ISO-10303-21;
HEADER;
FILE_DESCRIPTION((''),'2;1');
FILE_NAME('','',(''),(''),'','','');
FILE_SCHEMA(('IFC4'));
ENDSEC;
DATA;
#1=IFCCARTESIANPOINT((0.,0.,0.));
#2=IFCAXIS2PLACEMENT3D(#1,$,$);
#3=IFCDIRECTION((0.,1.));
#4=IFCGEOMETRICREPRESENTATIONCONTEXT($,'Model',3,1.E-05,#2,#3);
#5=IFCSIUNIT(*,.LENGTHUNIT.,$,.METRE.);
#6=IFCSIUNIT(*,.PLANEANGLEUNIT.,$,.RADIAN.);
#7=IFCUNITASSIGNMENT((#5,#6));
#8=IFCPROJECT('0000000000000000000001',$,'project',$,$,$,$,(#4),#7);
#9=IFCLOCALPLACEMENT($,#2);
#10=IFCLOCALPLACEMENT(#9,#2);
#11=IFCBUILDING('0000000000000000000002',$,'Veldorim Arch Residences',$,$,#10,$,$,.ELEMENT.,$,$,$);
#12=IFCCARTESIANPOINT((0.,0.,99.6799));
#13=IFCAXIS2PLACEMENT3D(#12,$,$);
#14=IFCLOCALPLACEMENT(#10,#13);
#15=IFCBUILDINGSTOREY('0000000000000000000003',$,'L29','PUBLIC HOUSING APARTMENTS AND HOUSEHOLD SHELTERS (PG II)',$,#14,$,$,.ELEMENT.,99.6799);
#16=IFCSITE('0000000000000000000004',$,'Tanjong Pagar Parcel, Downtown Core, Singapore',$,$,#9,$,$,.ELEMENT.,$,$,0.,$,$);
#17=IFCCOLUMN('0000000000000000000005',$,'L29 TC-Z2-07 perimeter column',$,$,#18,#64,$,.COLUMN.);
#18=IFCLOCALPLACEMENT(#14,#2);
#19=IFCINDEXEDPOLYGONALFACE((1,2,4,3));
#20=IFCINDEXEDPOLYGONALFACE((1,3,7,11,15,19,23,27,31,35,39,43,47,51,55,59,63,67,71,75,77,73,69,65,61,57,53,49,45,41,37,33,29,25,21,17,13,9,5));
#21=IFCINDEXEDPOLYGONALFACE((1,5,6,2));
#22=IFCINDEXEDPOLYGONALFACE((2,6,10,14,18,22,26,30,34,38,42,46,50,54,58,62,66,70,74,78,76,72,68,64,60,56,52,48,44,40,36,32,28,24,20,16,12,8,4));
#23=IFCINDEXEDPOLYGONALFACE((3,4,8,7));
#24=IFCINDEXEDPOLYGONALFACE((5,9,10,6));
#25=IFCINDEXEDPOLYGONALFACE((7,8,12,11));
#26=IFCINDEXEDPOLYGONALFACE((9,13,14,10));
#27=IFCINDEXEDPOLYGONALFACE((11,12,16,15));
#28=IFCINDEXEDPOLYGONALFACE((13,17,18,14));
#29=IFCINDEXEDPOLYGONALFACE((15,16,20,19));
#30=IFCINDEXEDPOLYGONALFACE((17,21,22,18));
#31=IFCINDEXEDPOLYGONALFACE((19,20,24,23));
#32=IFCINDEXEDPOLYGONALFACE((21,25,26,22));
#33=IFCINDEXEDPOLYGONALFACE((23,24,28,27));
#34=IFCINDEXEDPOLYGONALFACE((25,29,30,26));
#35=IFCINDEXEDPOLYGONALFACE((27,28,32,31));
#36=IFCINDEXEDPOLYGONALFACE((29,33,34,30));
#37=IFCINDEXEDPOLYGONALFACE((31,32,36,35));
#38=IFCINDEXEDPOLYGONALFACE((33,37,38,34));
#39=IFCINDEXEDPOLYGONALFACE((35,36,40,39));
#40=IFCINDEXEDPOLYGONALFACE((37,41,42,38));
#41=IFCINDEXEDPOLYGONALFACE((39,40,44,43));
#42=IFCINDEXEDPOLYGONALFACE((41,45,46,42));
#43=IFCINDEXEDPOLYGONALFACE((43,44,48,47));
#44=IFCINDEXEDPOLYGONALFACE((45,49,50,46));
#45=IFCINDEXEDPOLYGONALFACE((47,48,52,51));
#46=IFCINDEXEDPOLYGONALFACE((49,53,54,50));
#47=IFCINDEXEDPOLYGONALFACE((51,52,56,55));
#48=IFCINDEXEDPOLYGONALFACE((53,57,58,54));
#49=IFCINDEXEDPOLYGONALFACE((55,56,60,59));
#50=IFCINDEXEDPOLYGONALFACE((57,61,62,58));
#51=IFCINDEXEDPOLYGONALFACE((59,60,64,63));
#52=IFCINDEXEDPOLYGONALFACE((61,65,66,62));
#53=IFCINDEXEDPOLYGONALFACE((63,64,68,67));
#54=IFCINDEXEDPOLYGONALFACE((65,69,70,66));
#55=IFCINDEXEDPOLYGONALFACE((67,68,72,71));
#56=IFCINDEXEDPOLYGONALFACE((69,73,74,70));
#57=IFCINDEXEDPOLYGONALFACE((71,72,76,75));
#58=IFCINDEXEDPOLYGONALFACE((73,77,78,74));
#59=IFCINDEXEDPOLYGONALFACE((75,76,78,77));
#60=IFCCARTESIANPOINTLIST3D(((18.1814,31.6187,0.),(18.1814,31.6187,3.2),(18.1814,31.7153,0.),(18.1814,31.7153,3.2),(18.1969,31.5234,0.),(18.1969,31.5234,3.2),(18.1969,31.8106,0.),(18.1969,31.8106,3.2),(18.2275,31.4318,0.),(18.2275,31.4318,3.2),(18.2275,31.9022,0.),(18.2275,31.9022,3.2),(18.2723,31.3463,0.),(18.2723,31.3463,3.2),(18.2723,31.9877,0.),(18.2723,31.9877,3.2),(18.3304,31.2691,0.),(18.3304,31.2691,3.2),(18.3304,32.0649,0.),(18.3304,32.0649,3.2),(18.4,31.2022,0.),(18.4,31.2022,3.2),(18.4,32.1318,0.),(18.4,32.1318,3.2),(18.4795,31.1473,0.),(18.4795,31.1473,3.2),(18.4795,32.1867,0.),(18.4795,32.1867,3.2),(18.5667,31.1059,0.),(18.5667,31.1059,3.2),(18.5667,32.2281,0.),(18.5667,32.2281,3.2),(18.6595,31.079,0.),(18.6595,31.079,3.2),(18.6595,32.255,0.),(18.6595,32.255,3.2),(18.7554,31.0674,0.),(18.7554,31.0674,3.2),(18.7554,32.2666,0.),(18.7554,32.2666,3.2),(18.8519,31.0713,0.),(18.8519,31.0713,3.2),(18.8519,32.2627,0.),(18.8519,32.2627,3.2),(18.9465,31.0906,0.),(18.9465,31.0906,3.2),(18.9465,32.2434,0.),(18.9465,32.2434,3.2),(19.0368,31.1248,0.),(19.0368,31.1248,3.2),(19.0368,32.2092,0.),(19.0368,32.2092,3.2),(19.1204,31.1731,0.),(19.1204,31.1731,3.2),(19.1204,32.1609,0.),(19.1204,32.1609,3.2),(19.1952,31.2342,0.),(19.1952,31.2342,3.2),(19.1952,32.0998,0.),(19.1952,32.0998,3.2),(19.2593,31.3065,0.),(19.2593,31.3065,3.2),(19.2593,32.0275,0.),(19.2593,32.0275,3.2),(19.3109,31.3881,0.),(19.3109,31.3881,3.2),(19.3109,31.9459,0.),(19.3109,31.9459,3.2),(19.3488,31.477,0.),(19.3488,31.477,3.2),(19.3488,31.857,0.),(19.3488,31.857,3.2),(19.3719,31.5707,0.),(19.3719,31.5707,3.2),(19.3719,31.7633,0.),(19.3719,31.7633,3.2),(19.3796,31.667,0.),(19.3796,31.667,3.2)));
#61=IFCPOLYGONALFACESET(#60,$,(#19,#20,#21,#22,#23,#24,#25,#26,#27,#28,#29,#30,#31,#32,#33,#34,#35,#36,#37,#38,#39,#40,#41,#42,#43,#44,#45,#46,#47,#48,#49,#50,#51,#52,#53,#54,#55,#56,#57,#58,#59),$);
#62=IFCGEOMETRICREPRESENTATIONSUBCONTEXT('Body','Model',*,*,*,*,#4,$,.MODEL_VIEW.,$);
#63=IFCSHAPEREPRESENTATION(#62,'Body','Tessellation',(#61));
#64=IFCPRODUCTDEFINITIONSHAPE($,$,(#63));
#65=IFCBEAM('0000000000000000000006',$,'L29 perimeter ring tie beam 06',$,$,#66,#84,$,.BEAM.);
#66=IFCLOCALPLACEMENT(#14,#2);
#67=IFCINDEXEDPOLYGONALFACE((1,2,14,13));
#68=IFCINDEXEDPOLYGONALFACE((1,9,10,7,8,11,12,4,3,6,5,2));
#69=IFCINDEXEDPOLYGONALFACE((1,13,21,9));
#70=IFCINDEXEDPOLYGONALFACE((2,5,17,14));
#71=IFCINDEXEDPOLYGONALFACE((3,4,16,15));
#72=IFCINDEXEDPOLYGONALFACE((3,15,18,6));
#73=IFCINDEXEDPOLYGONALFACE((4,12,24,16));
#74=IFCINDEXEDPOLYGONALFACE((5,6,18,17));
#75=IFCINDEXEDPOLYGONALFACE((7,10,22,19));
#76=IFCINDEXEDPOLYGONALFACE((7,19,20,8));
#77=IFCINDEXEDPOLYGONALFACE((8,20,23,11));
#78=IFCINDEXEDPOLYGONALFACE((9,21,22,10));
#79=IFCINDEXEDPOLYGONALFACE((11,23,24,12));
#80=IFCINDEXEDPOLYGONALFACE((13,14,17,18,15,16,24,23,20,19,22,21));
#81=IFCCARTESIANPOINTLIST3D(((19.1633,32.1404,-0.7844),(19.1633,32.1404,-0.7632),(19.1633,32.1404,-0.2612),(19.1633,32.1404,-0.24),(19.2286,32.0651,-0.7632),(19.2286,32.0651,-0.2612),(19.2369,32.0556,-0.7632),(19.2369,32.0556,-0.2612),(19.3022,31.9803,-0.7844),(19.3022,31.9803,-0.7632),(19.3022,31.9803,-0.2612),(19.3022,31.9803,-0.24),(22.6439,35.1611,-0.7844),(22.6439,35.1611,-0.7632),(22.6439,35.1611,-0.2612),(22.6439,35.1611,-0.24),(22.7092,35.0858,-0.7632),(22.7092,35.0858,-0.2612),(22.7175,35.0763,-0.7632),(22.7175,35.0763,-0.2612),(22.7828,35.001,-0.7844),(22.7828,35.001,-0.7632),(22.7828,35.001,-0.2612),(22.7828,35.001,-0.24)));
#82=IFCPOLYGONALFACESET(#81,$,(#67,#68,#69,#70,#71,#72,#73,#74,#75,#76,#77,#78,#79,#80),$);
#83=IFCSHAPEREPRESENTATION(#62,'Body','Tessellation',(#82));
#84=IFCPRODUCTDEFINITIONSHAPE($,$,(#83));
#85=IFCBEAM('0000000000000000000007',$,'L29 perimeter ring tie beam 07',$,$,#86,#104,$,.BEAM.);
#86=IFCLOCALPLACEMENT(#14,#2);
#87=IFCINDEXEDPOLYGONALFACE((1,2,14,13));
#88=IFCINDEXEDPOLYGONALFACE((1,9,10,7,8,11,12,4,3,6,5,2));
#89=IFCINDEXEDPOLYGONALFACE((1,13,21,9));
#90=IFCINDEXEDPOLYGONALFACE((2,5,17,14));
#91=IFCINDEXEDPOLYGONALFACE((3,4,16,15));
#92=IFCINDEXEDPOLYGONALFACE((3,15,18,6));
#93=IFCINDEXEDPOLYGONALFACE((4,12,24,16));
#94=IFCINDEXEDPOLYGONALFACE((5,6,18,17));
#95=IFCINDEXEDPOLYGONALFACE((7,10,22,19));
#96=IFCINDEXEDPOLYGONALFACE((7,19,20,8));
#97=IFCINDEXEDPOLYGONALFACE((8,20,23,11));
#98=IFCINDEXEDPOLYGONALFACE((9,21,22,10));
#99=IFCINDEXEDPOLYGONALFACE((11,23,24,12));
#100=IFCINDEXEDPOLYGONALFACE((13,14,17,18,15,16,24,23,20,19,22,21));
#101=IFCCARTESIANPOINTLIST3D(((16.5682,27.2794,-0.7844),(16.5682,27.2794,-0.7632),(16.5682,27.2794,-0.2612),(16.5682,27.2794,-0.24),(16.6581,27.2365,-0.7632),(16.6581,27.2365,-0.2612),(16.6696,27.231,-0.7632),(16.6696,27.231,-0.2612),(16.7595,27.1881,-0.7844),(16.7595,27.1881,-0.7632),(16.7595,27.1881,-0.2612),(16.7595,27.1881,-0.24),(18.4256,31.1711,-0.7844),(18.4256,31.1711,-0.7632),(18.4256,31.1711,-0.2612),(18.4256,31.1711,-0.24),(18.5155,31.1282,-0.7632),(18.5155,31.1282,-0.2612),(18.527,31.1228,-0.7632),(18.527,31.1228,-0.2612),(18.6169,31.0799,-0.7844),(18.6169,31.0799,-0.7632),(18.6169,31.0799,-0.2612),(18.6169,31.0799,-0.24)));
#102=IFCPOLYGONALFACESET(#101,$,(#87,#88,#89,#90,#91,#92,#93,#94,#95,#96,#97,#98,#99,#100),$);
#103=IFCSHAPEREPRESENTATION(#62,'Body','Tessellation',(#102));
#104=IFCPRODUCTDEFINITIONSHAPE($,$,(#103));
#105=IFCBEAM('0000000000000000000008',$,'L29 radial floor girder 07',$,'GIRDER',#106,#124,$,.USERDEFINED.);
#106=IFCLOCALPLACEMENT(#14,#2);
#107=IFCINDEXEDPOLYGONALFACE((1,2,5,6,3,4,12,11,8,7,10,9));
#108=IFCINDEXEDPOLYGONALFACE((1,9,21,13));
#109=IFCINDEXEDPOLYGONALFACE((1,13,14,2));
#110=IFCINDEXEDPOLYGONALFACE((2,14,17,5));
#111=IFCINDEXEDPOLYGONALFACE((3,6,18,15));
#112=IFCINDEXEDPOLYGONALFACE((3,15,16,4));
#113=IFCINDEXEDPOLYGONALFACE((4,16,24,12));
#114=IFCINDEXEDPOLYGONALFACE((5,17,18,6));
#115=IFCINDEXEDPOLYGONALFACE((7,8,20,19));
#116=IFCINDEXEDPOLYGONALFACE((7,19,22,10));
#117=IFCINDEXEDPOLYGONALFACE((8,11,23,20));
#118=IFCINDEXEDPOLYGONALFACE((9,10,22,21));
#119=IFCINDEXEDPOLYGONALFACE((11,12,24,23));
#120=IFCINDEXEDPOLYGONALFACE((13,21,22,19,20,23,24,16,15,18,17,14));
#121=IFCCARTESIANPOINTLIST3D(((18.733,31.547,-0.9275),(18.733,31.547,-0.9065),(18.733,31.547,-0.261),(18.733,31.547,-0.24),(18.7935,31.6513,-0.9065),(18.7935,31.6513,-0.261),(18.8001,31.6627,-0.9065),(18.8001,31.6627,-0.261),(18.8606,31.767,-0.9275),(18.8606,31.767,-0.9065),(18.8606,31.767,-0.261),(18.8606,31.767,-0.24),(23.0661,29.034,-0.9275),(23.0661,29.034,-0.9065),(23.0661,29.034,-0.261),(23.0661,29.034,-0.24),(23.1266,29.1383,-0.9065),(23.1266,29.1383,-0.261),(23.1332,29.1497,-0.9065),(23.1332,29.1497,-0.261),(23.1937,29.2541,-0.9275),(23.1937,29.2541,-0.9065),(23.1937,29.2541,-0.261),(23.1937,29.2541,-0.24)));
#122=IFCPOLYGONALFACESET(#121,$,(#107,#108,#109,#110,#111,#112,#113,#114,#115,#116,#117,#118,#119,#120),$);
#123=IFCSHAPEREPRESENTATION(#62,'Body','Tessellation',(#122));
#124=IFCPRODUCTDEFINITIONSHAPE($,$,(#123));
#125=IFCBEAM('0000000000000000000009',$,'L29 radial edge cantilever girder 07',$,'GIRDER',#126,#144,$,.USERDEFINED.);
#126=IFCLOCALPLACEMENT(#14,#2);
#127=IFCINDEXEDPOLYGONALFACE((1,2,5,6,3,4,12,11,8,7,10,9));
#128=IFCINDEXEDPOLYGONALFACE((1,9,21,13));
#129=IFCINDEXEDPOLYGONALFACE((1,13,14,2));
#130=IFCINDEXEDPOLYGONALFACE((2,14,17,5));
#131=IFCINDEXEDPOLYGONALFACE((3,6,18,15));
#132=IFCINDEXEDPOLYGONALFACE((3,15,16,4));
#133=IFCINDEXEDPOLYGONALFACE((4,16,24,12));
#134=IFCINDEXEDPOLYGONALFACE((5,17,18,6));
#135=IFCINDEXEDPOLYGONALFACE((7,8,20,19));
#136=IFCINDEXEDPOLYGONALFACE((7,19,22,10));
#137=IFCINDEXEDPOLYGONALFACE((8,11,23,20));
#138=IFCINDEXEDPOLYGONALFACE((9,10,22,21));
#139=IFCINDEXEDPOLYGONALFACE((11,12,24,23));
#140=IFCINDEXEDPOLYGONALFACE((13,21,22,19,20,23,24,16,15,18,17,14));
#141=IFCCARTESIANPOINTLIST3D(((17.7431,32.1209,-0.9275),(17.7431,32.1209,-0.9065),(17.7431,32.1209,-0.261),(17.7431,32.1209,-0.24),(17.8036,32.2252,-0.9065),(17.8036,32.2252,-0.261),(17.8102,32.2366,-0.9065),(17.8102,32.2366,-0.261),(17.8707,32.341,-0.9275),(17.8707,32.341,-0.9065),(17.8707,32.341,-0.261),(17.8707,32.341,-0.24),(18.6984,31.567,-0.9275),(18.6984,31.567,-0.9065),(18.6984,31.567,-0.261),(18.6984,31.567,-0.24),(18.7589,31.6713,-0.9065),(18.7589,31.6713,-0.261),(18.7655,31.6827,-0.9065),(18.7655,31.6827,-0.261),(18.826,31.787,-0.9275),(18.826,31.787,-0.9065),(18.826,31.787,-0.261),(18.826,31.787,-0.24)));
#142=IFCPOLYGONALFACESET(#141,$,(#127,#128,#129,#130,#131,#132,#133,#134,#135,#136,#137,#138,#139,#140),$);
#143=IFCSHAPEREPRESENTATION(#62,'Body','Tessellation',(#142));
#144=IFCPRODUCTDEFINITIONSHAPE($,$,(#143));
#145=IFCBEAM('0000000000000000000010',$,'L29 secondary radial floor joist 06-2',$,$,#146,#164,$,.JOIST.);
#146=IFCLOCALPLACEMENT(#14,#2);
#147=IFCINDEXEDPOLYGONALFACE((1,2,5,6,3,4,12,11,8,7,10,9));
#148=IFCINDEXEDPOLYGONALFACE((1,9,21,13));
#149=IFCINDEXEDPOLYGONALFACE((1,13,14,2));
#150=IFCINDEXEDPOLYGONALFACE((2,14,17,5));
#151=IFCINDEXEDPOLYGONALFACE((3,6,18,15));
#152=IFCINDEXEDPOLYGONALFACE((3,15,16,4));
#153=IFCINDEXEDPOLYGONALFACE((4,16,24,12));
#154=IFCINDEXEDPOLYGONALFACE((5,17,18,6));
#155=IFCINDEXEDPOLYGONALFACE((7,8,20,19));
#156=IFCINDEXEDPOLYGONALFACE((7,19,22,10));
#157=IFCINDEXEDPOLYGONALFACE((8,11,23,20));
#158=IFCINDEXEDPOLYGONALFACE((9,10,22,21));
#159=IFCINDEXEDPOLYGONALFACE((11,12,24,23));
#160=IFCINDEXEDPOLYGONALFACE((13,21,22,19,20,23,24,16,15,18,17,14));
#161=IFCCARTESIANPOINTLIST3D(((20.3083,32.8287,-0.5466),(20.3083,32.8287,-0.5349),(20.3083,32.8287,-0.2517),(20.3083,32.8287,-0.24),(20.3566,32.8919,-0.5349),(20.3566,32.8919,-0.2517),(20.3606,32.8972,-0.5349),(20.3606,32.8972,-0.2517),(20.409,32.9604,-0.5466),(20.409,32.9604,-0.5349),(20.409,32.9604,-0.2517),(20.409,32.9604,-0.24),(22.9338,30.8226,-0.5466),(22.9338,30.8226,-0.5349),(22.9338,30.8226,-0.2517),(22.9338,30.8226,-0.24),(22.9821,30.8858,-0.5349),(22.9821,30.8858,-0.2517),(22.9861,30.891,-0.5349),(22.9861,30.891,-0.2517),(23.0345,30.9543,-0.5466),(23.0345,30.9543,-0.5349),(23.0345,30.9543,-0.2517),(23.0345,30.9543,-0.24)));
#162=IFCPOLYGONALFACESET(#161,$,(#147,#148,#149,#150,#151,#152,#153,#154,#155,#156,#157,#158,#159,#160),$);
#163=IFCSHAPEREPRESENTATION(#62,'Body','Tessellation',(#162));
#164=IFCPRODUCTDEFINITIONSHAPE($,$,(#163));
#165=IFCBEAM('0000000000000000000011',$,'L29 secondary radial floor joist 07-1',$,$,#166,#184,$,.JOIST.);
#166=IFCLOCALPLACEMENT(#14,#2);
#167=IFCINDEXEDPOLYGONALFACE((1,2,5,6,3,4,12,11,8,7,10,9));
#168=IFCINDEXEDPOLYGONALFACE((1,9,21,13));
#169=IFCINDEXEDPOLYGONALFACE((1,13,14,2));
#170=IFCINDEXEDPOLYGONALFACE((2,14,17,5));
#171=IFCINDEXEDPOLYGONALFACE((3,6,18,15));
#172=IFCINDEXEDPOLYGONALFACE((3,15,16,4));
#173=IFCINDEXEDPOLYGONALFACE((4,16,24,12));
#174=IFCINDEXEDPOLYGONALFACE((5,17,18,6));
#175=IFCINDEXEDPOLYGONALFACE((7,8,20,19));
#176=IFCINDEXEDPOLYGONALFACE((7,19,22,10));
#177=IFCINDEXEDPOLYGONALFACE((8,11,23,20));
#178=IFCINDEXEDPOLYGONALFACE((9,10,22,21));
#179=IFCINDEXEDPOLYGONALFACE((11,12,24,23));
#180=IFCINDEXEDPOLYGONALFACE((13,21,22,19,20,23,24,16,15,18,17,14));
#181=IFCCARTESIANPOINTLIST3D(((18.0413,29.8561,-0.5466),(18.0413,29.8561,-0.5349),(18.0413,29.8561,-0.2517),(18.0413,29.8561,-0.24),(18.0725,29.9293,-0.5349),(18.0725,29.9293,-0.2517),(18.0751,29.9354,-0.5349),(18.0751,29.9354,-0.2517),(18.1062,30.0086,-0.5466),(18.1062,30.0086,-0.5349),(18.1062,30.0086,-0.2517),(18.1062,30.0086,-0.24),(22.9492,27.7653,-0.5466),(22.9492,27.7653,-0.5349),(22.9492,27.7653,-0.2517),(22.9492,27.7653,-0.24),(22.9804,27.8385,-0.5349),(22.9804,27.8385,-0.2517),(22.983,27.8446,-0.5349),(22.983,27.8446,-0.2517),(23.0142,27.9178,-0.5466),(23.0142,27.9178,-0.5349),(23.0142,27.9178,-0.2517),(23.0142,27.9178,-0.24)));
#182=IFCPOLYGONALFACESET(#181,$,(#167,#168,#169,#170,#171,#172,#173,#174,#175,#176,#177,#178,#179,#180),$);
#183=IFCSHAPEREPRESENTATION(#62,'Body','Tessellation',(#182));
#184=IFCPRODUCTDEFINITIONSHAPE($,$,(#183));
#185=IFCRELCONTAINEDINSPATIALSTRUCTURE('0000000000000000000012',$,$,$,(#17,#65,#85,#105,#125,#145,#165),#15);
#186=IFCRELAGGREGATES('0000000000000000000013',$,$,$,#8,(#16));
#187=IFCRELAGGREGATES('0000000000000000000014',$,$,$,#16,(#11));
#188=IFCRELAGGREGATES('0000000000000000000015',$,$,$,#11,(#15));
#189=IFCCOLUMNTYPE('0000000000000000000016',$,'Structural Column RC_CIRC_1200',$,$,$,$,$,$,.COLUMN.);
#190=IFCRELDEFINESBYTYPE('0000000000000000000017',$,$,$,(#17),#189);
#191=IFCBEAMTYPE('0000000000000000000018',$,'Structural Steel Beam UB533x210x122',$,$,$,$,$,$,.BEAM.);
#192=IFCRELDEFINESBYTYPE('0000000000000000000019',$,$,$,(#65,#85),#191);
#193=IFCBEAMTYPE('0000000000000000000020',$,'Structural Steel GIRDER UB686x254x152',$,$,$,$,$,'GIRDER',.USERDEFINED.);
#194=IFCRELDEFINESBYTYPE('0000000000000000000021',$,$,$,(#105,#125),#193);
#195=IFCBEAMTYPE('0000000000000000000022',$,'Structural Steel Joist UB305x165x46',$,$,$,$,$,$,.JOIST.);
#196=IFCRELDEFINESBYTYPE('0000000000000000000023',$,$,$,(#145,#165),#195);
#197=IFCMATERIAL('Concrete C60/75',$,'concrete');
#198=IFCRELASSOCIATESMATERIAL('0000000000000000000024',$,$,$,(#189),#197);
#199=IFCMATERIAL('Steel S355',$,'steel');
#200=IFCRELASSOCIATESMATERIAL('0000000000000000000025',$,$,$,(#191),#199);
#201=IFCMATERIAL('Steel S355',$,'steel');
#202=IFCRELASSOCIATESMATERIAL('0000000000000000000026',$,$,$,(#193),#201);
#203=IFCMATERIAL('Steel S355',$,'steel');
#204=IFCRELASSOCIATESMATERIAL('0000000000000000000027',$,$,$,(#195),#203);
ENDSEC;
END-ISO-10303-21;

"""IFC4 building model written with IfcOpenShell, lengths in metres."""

from ifc_helpers import new_model, si_unit, direction, frame, origin, origin_2d, place, context, subcontext, project, spatial, circle, i_section, extrude, material, material_profile, profile_set, type_object, element, save


model = new_model("IFC4")

# Units and contexts
model_context = context("Model", 3, precision=1e-05, world=origin(), true_north=direction((0.0, 1.0)))
body_context = subcontext(model_context, "Body", "Model", "MODEL_VIEW")
ifc_project = project(units=[si_unit("LENGTHUNIT", "METRE"), si_unit("PLANEANGLEUNIT", "RADIAN")], contexts=[model_context])

# Site, building, storey
site_placement = place(None, origin())
site = spatial("IfcSite", under=ifc_project, at=site_placement, Name="Tanjong Pagar Parcel, Downtown Core, Singapore", CompositionType="ELEMENT", RefElevation=0.0)
building_placement = place(site_placement, origin())
building = spatial("IfcBuilding", under=site, at=building_placement, Name="Veldorim Arch Residences", CompositionType="ELEMENT")
storey_placement = place(building_placement, frame((0.0, 0.0, 99.6799)))
storey = spatial("IfcBuildingStorey", under=building, at=storey_placement, Name="L29", Description="PUBLIC HOUSING APARTMENTS AND HOUSEHOLD SHELTERS (PG II)", CompositionType="ELEMENT", Elevation=99.6799)

# Column
ifc_material_1 = material(Name="Concrete C60/75", Category="concrete")
ifc_material_profile_1 = material_profile(ifc_material_1, circle(Radius=0.6001, at=origin_2d()), Name="RC_CIRC_1200")
ifc_profile_set_1 = profile_set([ifc_material_profile_1], Name="Concrete C60/75")
column_type = type_object("IfcColumnType", Name="Structural Column RC_CIRC_1200", PredefinedType="COLUMN", material=ifc_profile_set_1)
column_placement = place(storey_placement, frame((18.7795, 31.667, 0.0), z_axis=(0.0, 0.0, 1.0), x_axis=(1.0, 0.0, 0.0)))
element("IfcColumn", 1, at=column_placement, inside=storey, type_object=column_type, Name="L29 TC-Z2-07 perimeter column", PredefinedType="COLUMN", context=body_context, shape_type="SweptSolid", body=[
    extrude(circle(Radius=0.6001, at=origin_2d()), origin(), (0.0, 0.0, 1.0), 3.2),
])

# Beams
ifc_material_2 = material(Name="Steel S355", Category="steel")
ifc_material_profile_2 = material_profile(ifc_material_2, i_section(OverallWidth=0.2119, OverallDepth=0.5444, WebThickness=0.0127, FlangeThickness=0.0212, at=origin_2d()), Name="UB533x210x122")
ifc_profile_set_2 = profile_set([ifc_material_profile_2], Name="Steel S355")
beam_type_1 = type_object("IfcBeamType", Name="Structural Steel Beam UB533x210x122", PredefinedType="BEAM", material=ifc_profile_set_2)
beam_1_placement = place(storey_placement, frame((22.7134, 35.0811, -0.5122), z_axis=(-0.755245, -0.655443, 0.0), x_axis=(0.655443, -0.755245, 0.0)))
element("IfcBeam", 2, at=beam_1_placement, inside=storey, type_object=beam_type_1, Name="L29 perimeter ring tie beam 06", PredefinedType="BEAM", context=body_context, shape_type="SweptSolid", body=[
    extrude(i_section(OverallWidth=0.2119, OverallDepth=0.5444, WebThickness=0.0127, FlangeThickness=0.0212, at=origin_2d()), origin(), (0.0, 0.0, 1.0), 4.6086),
])
beam_2_placement = place(storey_placement, frame((18.5212, 31.1255, -0.5122), z_axis=(-0.43072, -0.902486, 0.0), x_axis=(0.902486, -0.43072, 0.0)))
element("IfcBeam", 3, at=beam_2_placement, inside=storey, type_object=beam_type_1, Name="L29 perimeter ring tie beam 07", PredefinedType="BEAM", context=body_context, shape_type="SweptSolid", body=[
    extrude(i_section(OverallWidth=0.2119, OverallDepth=0.5444, WebThickness=0.0127, FlangeThickness=0.0212, at=origin_2d()), origin(), (0.0, 0.0, 1.0), 4.3123),
])
ifc_material_3 = material(Name="Steel S355", Category="steel")
ifc_material_profile_3 = material_profile(ifc_material_3, i_section(OverallWidth=0.2544, OverallDepth=0.6875, WebThickness=0.0132, FlangeThickness=0.021, at=origin_2d()), Name="UB686x254x152")
ifc_profile_set_3 = profile_set([ifc_material_profile_3], Name="Steel S355")
beam_type_2 = type_object("IfcBeamType", Name="Structural Steel GIRDER UB686x254x152", ElementType="GIRDER", PredefinedType="USERDEFINED", material=ifc_profile_set_3)
beam_3_placement = place(storey_placement, frame((23.1299, 29.144, -0.5837), z_axis=(-0.865049, 0.501687, 0.0), x_axis=(-0.501687, -0.865049, 0.0)))
element("IfcBeam", 4, at=beam_3_placement, inside=storey, type_object=beam_type_2, Name="L29 radial floor girder 07", ObjectType="GIRDER", PredefinedType="USERDEFINED", context=body_context, shape_type="SweptSolid", body=[
    extrude(i_section(OverallWidth=0.2544, OverallDepth=0.6875, WebThickness=0.0132, FlangeThickness=0.021, at=origin_2d()), origin(), (0.0, 0.0, 1.0), 5.009),
])
beam_4_placement = place(storey_placement, frame((18.7622, 31.677, -0.5837), z_axis=(-0.865083, 0.501629, 0.0), x_axis=(-0.501629, -0.865083, 0.0)))
element("IfcBeam", 5, at=beam_4_placement, inside=storey, type_object=beam_type_2, Name="L29 radial edge cantilever girder 07", ObjectType="GIRDER", PredefinedType="USERDEFINED", context=body_context, shape_type="SweptSolid", body=[
    extrude(i_section(OverallWidth=0.2544, OverallDepth=0.6875, WebThickness=0.0132, FlangeThickness=0.021, at=origin_2d()), origin(), (0.0, 0.0, 1.0), 1.1042),
])
ifc_material_4 = material(Name="Steel S355", Category="steel")
ifc_material_profile_4 = material_profile(ifc_material_4, i_section(OverallWidth=0.1658, OverallDepth=0.3066, WebThickness=0.0066, FlangeThickness=0.0117, at=origin_2d()), Name="UB305x165x46")
ifc_profile_set_4 = profile_set([ifc_material_profile_4], Name="Steel S355")
beam_type_3 = type_object("IfcBeamType", Name="Structural Steel Joist UB305x165x46", PredefinedType="JOIST", material=ifc_profile_set_4)
beam_5_placement = place(storey_placement, frame((22.9841, 30.8884, -0.3933), z_axis=(-0.794595, 0.60714, 0.0), x_axis=(-0.60714, -0.794595, 0.0)))
element("IfcBeam", 6, at=beam_5_placement, inside=storey, type_object=beam_type_3, Name="L29 secondary radial floor joist 06-2", PredefinedType="JOIST", context=body_context, shape_type="SweptSolid", body=[
    extrude(i_section(OverallWidth=0.1658, OverallDepth=0.3066, WebThickness=0.0066, FlangeThickness=0.0117, at=origin_2d()), origin(), (0.0, 0.0, 1.0), 3.3042),
])
beam_6_placement = place(storey_placement, frame((22.9817, 27.8416, -0.3933), z_axis=(-0.919997, 0.391924, 0.0), x_axis=(-0.391924, -0.919997, 0.0)))
element("IfcBeam", 7, at=beam_6_placement, inside=storey, type_object=beam_type_3, Name="L29 secondary radial floor joist 07-1", PredefinedType="JOIST", context=body_context, shape_type="SweptSolid", body=[
    extrude(i_section(OverallWidth=0.1658, OverallDepth=0.3066, WebThickness=0.0066, FlangeThickness=0.0117, at=origin_2d()), origin(), (0.0, 0.0, 1.0), 5.3347),
])

save(model, "model.ifc")
